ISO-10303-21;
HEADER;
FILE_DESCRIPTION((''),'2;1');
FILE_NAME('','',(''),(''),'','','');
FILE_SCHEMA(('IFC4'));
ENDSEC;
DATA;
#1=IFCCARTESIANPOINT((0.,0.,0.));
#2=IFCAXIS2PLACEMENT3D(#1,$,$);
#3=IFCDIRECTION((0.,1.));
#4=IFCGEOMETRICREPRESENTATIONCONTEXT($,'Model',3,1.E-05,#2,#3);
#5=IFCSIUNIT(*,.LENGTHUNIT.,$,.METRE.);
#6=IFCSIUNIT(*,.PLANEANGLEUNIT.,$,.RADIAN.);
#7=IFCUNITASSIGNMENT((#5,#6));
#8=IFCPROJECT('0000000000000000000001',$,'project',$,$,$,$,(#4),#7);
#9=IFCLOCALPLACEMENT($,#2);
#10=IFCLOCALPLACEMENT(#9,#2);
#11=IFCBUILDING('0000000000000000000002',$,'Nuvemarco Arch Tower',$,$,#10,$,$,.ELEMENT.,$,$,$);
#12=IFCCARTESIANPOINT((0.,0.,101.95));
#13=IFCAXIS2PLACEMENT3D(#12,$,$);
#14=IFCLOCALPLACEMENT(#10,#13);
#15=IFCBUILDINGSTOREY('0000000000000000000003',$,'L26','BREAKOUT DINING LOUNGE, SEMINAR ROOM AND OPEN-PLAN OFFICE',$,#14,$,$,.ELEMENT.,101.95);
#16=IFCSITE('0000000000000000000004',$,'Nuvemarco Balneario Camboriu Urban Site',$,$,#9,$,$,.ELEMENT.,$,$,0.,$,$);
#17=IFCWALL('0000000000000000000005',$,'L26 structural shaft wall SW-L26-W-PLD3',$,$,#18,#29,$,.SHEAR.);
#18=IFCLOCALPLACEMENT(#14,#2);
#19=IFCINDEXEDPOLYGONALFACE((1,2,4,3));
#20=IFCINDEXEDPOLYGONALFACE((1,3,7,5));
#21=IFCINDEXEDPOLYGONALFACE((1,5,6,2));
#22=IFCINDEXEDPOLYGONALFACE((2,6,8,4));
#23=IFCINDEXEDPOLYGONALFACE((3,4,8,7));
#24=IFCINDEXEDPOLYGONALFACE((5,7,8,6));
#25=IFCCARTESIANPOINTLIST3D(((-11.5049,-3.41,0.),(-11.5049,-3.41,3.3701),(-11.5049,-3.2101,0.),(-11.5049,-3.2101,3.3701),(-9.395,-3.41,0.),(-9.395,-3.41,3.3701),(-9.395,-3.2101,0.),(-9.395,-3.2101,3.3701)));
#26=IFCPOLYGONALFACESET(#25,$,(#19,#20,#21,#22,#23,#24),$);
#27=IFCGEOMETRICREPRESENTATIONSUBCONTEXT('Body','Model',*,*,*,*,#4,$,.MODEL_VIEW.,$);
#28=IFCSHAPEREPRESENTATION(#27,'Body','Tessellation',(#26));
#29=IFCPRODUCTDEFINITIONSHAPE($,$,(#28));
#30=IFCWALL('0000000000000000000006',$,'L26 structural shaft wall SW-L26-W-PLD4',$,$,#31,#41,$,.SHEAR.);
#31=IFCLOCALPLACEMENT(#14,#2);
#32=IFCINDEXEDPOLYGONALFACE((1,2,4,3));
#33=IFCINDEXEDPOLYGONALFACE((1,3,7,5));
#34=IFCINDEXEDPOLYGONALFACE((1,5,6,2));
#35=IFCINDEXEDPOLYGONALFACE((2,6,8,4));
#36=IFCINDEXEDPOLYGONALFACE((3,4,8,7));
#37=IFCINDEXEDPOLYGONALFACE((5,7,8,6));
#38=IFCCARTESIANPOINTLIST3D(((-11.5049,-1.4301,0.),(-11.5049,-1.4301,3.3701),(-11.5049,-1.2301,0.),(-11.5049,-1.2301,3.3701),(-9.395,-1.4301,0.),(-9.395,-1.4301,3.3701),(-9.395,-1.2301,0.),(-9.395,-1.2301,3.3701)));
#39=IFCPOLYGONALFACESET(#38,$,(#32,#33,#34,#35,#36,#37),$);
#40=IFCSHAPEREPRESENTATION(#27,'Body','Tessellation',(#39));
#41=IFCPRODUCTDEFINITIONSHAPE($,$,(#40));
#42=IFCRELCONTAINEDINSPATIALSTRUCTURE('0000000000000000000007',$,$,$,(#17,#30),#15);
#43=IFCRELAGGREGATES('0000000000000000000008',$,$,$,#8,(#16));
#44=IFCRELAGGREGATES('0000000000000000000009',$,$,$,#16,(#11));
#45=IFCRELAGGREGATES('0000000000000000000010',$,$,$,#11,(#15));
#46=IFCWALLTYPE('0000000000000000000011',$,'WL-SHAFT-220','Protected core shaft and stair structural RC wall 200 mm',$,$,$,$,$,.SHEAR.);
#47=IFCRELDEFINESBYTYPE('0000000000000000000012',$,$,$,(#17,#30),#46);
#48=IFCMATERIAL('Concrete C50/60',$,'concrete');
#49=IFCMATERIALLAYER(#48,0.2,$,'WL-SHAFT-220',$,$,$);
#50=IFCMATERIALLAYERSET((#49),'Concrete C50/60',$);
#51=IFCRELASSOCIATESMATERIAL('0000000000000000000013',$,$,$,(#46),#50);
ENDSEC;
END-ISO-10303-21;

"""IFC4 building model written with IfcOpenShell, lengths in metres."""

from ifc_helpers import new_model, si_unit, direction, frame, frame_2d, origin, place, context, subcontext, project, spatial, rectangle, extrude, material, layer, layer_set, type_object, element, save


model = new_model("IFC4")

# Units and contexts
model_context = context("Model", 3, precision=1e-05, world=origin(), true_north=direction((0.0, 1.0)))
body_context = subcontext(model_context, "Body", "Model", "MODEL_VIEW")
ifc_project = project(units=[si_unit("LENGTHUNIT", "METRE"), si_unit("PLANEANGLEUNIT", "RADIAN")], contexts=[model_context])

# Site, building, storey
site_placement = place(None, origin())
site = spatial("IfcSite", under=ifc_project, at=site_placement, Name="Nuvemarco Balneario Camboriu Urban Site", CompositionType="ELEMENT", RefElevation=0.0)
building_placement = place(site_placement, origin())
building = spatial("IfcBuilding", under=site, at=building_placement, Name="Nuvemarco Arch Tower", CompositionType="ELEMENT")
storey_placement = place(building_placement, frame((0.0, 0.0, 101.95)))
storey = spatial("IfcBuildingStorey", under=building, at=storey_placement, Name="L26", Description="BREAKOUT DINING LOUNGE, SEMINAR ROOM AND OPEN-PLAN OFFICE", CompositionType="ELEMENT", Elevation=101.95)

# Shared definitions
ifc_material_1 = material(Name="Concrete C50/60", Category="concrete")
ifc_layer_1 = layer(ifc_material_1, 0.2, Name="WL-SHAFT-220")
ifc_layer_set_1 = layer_set([ifc_layer_1], Name="Concrete C50/60")
wall_type_1 = type_object("IfcWallType", Name="WL-SHAFT-220", Description="Protected core shaft and stair structural RC wall 200 mm", PredefinedType="SHEAR", material=ifc_layer_set_1)

# Walls
for number, where, z_axis, x_axis, name in (
    (1, (-11.5049, -3.3101, 0.0), (0.0, 0.0, 1.0), (1.0, 0.0, 0.0), "L26 structural shaft wall SW-L26-W-PLD3"),
    (2, (-11.5049, -1.3301, 0.0), (0.0, 0.0, 1.0), (1.0, 0.0, 0.0), "L26 structural shaft wall SW-L26-W-PLD4"),
):
    element("IfcWall", number, at=place(storey_placement, frame(where, z_axis=z_axis, x_axis=x_axis)), inside=storey, type_object=wall_type_1, Name=name, PredefinedType="SHEAR", context=body_context, shape_type="SweptSolid", body=[
        extrude(rectangle(XDim=2.1099, YDim=0.2, at=frame_2d((1.0549, 0.0))), origin(), (0.0, 0.0, 1.0), 3.3701),
    ])

save(model, "model.ifc")
